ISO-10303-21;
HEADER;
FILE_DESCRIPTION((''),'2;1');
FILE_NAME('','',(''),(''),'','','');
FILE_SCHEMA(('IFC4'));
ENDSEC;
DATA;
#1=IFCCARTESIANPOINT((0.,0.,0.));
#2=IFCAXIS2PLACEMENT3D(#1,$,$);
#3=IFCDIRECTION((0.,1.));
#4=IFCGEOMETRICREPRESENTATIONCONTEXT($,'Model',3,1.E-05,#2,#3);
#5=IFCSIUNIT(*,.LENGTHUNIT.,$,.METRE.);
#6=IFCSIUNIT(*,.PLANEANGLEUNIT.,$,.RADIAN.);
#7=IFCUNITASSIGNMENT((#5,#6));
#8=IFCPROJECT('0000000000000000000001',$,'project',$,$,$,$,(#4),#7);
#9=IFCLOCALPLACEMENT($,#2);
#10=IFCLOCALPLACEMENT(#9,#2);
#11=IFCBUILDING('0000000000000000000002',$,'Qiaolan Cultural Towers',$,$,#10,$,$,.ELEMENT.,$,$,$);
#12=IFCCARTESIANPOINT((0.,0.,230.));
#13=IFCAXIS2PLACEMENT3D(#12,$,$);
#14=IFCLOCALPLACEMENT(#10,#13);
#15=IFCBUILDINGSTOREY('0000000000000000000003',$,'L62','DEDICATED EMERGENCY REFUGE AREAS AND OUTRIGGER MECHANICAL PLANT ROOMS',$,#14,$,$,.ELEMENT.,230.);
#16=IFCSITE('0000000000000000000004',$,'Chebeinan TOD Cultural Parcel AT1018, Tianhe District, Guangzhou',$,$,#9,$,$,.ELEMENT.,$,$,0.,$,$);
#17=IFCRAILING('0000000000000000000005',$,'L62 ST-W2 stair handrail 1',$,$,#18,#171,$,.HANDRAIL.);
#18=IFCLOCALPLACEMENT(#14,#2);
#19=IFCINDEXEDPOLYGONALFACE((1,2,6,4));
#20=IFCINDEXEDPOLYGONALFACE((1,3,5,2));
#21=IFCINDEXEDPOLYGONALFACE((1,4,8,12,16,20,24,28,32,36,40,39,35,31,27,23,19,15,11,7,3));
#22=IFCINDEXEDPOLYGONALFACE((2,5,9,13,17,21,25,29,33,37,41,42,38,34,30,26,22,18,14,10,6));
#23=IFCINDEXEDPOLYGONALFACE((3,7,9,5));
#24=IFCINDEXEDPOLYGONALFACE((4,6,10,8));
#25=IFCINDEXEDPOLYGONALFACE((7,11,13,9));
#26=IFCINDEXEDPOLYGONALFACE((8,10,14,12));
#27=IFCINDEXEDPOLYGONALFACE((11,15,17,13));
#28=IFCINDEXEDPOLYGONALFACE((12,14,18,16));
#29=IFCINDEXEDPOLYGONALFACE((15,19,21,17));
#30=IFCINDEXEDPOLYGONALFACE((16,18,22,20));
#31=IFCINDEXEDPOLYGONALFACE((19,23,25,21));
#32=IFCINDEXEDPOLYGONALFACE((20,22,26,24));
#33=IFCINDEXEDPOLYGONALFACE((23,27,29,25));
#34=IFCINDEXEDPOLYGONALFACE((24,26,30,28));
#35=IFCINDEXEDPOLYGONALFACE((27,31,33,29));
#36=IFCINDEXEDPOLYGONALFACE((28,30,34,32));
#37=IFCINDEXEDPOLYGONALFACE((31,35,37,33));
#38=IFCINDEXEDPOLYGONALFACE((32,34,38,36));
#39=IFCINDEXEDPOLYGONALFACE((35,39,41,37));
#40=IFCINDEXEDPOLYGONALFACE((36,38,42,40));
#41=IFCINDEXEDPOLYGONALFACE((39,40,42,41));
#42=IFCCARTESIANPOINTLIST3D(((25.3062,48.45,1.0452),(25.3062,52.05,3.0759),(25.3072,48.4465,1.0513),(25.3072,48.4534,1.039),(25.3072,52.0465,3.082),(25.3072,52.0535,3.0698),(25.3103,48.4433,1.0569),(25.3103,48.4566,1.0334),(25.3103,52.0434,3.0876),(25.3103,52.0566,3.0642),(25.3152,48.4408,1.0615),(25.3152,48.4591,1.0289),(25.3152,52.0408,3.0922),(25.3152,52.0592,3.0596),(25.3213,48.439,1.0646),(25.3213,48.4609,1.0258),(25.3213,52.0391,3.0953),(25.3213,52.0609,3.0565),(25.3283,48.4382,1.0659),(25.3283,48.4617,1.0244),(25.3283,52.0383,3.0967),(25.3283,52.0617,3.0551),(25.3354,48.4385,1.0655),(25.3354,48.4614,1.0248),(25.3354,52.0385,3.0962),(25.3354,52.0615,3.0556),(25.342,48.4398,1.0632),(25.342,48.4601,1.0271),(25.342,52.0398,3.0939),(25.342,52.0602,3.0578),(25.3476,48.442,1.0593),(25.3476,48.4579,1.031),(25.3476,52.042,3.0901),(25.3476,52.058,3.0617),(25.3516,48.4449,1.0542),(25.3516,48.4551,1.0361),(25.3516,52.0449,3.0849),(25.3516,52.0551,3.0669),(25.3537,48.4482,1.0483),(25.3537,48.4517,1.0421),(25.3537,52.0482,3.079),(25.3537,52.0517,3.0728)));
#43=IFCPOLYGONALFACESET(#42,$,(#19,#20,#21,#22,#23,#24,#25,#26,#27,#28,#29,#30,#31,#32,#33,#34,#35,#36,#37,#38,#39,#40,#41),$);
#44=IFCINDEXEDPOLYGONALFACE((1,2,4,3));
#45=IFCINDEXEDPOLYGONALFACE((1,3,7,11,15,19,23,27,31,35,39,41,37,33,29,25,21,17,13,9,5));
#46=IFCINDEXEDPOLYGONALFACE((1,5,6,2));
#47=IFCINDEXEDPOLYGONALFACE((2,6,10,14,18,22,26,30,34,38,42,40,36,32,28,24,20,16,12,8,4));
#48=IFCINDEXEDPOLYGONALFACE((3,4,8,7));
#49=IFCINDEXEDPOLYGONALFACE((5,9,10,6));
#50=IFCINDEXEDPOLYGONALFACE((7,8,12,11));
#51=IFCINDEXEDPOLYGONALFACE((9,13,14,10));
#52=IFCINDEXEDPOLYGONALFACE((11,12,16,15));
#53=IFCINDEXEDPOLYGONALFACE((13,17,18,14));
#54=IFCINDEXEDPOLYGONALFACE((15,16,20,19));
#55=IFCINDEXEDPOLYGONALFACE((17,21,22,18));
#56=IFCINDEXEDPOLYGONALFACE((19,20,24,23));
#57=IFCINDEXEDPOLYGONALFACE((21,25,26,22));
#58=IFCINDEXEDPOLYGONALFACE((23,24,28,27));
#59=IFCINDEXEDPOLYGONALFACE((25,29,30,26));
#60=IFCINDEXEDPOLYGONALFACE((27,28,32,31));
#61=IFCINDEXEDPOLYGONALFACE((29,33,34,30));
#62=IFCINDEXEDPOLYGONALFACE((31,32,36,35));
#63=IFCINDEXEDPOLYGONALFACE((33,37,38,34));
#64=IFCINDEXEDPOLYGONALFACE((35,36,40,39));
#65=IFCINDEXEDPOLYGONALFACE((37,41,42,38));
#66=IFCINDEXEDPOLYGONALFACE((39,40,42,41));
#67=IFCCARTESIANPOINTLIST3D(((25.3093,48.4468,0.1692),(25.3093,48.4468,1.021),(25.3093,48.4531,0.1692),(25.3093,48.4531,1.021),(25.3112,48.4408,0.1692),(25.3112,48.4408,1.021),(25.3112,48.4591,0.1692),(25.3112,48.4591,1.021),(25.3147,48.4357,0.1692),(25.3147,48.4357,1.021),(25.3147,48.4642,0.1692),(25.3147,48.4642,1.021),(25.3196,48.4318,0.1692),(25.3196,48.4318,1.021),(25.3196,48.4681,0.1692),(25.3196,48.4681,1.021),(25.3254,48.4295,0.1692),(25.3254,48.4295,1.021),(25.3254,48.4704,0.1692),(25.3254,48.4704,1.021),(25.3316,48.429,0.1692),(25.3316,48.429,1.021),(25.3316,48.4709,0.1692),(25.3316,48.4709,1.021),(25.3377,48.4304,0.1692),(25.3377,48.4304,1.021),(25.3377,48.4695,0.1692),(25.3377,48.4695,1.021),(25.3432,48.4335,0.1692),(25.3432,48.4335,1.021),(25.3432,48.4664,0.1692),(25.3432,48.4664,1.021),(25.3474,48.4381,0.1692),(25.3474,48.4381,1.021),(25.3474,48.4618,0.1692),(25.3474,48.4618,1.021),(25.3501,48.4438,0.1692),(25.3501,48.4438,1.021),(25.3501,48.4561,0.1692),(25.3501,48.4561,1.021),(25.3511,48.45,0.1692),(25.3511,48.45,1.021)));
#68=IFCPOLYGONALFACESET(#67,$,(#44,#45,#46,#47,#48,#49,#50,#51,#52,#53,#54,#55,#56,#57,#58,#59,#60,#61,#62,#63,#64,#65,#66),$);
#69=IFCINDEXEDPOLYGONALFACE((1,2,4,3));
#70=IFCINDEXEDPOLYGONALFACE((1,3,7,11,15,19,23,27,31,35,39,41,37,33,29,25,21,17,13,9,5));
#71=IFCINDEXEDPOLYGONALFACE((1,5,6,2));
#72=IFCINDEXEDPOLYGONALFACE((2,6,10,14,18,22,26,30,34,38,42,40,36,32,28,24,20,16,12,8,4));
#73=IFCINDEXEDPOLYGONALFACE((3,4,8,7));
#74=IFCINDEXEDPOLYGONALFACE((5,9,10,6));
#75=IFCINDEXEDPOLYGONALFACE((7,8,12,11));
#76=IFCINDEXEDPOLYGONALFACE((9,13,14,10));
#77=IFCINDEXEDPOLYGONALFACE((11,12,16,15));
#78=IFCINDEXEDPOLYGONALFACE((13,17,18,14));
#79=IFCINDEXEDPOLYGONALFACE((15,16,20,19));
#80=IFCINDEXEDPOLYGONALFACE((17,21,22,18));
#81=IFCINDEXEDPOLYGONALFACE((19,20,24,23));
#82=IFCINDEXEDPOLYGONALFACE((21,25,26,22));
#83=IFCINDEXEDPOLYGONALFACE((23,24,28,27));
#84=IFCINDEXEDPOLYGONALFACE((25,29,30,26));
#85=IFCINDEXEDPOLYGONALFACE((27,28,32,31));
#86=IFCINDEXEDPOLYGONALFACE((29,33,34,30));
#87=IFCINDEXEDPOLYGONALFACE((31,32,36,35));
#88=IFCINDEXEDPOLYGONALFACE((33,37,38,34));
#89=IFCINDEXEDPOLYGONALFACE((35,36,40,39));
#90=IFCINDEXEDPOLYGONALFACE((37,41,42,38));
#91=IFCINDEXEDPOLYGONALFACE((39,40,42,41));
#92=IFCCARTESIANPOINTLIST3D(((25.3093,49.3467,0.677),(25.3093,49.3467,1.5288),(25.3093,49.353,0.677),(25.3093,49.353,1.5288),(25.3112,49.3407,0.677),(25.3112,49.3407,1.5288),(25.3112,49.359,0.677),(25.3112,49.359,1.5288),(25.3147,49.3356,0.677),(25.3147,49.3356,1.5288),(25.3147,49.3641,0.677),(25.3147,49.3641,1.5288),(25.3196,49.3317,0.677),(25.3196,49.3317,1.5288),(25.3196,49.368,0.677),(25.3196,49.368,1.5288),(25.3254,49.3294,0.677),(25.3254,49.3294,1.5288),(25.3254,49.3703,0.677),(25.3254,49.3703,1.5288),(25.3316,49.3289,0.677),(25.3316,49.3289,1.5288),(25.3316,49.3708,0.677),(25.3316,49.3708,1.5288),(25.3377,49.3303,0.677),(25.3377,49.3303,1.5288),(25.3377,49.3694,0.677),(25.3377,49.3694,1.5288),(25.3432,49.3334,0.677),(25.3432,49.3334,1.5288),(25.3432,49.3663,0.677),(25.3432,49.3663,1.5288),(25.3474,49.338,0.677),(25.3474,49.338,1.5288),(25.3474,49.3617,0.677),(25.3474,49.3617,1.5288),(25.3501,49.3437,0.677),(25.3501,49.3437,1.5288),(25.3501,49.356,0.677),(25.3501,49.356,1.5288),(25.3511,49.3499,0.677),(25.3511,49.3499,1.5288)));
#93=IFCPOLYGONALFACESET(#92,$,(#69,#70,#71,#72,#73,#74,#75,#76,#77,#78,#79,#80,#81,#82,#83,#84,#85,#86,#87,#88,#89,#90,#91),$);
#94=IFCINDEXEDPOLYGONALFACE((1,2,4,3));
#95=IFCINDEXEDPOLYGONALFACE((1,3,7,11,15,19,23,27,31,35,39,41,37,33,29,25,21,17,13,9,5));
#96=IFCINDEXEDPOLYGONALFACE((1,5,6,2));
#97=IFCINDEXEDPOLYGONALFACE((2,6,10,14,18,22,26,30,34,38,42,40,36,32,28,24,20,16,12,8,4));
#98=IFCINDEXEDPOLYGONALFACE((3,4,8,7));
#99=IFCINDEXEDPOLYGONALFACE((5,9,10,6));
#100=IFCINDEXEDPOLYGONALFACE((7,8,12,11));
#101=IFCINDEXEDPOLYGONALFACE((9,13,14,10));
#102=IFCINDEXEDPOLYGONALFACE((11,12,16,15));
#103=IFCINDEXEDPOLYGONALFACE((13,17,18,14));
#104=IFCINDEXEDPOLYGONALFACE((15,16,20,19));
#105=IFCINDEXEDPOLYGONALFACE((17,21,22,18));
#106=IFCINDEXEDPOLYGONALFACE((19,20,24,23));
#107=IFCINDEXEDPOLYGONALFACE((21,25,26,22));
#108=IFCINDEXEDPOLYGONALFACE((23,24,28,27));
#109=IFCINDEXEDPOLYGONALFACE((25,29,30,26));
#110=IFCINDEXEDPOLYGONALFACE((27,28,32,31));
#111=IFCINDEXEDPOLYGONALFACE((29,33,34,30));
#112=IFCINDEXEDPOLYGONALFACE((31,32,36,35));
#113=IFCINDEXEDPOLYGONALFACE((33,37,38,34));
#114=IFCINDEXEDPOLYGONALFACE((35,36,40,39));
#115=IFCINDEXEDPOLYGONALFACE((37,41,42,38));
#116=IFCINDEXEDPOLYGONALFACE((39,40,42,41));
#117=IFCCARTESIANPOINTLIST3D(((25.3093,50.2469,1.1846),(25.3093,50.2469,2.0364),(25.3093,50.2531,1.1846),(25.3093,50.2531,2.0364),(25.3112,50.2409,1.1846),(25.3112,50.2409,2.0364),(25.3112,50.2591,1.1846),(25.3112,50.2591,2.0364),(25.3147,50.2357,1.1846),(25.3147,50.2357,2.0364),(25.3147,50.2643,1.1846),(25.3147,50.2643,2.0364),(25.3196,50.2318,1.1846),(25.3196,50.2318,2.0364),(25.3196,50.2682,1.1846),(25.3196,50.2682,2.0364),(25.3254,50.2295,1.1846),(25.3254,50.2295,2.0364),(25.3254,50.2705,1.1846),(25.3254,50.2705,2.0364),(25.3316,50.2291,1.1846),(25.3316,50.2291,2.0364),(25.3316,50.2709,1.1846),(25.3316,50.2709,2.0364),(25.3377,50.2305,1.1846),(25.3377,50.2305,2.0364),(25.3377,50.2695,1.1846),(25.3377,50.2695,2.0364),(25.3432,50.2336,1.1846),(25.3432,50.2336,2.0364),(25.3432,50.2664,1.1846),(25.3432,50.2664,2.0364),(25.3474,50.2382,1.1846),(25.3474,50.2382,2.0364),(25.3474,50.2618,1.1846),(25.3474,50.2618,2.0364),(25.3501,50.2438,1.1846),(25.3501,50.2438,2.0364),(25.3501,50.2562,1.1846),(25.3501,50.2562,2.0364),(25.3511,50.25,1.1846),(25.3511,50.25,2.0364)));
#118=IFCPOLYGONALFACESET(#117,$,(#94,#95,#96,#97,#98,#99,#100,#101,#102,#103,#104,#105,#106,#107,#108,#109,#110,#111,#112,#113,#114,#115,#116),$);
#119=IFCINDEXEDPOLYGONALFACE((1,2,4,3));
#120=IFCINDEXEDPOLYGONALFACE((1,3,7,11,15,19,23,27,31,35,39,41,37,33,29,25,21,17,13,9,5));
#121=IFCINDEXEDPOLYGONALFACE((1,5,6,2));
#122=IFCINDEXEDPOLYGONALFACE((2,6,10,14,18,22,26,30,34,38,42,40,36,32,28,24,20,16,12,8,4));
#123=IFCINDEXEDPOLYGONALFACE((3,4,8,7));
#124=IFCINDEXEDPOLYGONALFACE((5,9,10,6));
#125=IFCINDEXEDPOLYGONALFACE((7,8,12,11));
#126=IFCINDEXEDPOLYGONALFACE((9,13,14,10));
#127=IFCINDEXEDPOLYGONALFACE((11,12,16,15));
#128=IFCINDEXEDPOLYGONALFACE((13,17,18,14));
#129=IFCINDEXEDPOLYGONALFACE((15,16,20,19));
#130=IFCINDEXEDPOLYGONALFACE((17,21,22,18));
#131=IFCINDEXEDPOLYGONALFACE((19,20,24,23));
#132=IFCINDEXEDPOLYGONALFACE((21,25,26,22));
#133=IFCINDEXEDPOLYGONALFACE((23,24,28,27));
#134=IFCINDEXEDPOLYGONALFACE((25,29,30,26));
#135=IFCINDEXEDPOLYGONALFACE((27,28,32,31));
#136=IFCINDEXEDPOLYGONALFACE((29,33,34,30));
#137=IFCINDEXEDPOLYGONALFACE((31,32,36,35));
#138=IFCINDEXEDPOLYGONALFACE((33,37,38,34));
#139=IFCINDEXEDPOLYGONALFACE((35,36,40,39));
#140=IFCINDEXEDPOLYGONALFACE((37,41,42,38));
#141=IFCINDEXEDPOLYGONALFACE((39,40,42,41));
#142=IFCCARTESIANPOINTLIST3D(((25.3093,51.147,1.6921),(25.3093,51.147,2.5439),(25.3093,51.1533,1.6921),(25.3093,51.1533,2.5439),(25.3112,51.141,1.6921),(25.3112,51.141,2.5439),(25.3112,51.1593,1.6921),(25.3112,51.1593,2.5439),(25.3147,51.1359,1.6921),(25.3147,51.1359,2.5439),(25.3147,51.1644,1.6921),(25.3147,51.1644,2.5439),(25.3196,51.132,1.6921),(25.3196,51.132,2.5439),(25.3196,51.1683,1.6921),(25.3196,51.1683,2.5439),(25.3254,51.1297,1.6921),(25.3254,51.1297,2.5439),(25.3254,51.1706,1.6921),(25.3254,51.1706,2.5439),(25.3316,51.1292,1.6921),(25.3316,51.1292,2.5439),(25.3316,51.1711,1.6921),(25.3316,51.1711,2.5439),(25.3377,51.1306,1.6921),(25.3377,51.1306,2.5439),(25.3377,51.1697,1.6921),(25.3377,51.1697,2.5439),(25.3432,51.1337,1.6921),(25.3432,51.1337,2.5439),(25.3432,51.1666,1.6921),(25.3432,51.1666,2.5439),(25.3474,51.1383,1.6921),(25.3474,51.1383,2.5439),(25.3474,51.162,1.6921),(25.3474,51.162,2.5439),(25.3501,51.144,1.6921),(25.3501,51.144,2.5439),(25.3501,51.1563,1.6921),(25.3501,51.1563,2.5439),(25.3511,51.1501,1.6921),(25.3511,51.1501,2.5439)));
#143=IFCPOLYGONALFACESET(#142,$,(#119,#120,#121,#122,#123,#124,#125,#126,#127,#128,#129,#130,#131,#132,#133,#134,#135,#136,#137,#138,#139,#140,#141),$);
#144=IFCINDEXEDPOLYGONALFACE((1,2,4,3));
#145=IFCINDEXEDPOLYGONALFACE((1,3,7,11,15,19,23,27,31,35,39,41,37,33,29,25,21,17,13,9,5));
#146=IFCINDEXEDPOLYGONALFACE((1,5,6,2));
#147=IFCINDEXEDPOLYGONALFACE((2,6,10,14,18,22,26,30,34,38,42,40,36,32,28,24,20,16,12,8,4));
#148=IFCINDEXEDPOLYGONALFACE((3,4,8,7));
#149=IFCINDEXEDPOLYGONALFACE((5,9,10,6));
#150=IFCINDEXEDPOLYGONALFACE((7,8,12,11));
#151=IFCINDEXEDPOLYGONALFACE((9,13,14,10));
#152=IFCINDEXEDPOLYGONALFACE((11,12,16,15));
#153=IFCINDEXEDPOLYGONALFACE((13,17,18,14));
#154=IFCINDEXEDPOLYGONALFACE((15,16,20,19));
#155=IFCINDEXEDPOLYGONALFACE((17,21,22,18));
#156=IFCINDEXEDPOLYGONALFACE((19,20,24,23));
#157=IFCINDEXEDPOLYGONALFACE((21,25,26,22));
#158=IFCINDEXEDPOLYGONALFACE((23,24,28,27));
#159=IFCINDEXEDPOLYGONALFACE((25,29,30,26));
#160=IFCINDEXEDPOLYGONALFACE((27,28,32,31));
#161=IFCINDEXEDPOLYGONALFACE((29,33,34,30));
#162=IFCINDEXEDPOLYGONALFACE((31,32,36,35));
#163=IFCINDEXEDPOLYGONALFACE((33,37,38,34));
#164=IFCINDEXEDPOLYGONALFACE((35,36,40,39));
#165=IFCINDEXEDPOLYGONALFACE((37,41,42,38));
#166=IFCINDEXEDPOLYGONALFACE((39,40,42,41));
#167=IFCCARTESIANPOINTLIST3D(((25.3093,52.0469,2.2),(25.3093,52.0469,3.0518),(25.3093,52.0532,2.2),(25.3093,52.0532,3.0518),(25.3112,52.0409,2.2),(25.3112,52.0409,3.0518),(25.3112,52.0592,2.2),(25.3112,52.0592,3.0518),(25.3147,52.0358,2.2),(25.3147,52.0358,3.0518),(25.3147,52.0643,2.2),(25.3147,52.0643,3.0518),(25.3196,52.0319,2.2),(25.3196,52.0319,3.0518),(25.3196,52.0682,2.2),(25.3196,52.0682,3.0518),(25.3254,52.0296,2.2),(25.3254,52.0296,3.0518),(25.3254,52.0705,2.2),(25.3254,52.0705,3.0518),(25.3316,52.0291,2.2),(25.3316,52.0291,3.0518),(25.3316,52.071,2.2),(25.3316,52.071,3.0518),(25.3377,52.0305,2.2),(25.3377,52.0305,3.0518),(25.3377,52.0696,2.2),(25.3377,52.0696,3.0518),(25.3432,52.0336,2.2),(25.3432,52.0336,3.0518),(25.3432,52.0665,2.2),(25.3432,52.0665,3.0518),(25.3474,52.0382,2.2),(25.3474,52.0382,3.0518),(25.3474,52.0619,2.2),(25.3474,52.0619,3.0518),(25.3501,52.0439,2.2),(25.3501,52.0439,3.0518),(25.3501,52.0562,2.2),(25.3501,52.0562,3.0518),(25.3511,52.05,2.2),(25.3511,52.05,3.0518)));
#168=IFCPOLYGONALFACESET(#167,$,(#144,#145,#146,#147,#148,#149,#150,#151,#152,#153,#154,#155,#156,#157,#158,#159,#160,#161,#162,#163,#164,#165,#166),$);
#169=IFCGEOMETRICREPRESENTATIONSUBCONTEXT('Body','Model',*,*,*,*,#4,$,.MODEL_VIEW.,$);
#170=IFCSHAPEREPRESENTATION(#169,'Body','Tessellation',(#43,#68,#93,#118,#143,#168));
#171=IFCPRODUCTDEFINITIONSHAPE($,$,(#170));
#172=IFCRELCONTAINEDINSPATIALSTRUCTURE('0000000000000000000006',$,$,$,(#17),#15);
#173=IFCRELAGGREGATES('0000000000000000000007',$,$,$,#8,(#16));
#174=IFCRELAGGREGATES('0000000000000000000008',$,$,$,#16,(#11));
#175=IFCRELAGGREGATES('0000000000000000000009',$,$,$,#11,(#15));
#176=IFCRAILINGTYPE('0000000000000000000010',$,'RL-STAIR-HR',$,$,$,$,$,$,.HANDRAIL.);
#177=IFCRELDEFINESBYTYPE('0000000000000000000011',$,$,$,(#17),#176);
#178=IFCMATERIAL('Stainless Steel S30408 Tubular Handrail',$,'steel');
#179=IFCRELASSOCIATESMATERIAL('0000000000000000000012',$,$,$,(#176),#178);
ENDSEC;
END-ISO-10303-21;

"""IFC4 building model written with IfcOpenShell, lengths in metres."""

from ifc_helpers import new_model, si_unit, direction, frame, origin, origin_2d, place, context, subcontext, project, spatial, circle, extrude, material, type_object, element, save


model = new_model("IFC4")

# Units and contexts
model_context = context("Model", 3, precision=1e-05, world=origin(), true_north=direction((0.0, 1.0)))
body_context = subcontext(model_context, "Body", "Model", "MODEL_VIEW")
ifc_project = project(units=[si_unit("LENGTHUNIT", "METRE"), si_unit("PLANEANGLEUNIT", "RADIAN")], contexts=[model_context])

# Site, building, storey
site_placement = place(None, origin())
site = spatial("IfcSite", under=ifc_project, at=site_placement, Name="Chebeinan TOD Cultural Parcel AT1018, Tianhe District, Guangzhou", CompositionType="ELEMENT", RefElevation=0.0)
building_placement = place(site_placement, origin())
building = spatial("IfcBuilding", under=site, at=building_placement, Name="Qiaolan Cultural Towers", CompositionType="ELEMENT")
storey_placement = place(building_placement, frame((0.0, 0.0, 230.0)))
storey = spatial("IfcBuildingStorey", under=building, at=storey_placement, Name="L62", Description="DEDICATED EMERGENCY REFUGE AREAS AND OUTRIGGER MECHANICAL PLANT ROOMS", CompositionType="ELEMENT", Elevation=230.0)

# Railing
ifc_material_1 = material(Name="Stainless Steel S30408 Tubular Handrail", Category="steel")
railing_type = type_object("IfcRailingType", Name="RL-STAIR-HR", PredefinedType="HANDRAIL", material=ifc_material_1)
railing_placement = place(storey_placement, frame((25.3301, 48.45, 0.1692)))
element("IfcRailing", 1, at=railing_placement, inside=storey, type_object=railing_type, Name="L62 ST-W2 stair handrail 1", PredefinedType="HANDRAIL", context=body_context, shape_type="SweptSolid", body=[
    extrude(circle(Radius=0.0239, at=origin_2d()), frame((0.0, 0.0, 0.876), z_axis=(0.0, 0.870985, 0.49131), x_axis=(-1.0, 0.0, 0.0)), (0.0, 0.0, 1.0), 4.1333),
    extrude(circle(Radius=0.021, at=origin_2d()), origin(), (0.0, 0.0, 1.0), 0.8518),
    extrude(circle(Radius=0.021, at=origin_2d()), frame((0.0, 0.8999, 0.5078)), (0.0, 0.0, 1.0), 0.8518),
    extrude(circle(Radius=0.021, at=origin_2d()), frame((0.0, 1.8, 1.0154)), (0.0, 0.0, 1.0), 0.8518),
    extrude(circle(Radius=0.021, at=origin_2d()), frame((0.0, 2.7002, 1.5229)), (0.0, 0.0, 1.0), 0.8518),
    extrude(circle(Radius=0.021, at=origin_2d()), frame((0.0, 3.6001, 2.0308)), (0.0, 0.0, 1.0), 0.8518),
])

save(model, "model.ifc")
